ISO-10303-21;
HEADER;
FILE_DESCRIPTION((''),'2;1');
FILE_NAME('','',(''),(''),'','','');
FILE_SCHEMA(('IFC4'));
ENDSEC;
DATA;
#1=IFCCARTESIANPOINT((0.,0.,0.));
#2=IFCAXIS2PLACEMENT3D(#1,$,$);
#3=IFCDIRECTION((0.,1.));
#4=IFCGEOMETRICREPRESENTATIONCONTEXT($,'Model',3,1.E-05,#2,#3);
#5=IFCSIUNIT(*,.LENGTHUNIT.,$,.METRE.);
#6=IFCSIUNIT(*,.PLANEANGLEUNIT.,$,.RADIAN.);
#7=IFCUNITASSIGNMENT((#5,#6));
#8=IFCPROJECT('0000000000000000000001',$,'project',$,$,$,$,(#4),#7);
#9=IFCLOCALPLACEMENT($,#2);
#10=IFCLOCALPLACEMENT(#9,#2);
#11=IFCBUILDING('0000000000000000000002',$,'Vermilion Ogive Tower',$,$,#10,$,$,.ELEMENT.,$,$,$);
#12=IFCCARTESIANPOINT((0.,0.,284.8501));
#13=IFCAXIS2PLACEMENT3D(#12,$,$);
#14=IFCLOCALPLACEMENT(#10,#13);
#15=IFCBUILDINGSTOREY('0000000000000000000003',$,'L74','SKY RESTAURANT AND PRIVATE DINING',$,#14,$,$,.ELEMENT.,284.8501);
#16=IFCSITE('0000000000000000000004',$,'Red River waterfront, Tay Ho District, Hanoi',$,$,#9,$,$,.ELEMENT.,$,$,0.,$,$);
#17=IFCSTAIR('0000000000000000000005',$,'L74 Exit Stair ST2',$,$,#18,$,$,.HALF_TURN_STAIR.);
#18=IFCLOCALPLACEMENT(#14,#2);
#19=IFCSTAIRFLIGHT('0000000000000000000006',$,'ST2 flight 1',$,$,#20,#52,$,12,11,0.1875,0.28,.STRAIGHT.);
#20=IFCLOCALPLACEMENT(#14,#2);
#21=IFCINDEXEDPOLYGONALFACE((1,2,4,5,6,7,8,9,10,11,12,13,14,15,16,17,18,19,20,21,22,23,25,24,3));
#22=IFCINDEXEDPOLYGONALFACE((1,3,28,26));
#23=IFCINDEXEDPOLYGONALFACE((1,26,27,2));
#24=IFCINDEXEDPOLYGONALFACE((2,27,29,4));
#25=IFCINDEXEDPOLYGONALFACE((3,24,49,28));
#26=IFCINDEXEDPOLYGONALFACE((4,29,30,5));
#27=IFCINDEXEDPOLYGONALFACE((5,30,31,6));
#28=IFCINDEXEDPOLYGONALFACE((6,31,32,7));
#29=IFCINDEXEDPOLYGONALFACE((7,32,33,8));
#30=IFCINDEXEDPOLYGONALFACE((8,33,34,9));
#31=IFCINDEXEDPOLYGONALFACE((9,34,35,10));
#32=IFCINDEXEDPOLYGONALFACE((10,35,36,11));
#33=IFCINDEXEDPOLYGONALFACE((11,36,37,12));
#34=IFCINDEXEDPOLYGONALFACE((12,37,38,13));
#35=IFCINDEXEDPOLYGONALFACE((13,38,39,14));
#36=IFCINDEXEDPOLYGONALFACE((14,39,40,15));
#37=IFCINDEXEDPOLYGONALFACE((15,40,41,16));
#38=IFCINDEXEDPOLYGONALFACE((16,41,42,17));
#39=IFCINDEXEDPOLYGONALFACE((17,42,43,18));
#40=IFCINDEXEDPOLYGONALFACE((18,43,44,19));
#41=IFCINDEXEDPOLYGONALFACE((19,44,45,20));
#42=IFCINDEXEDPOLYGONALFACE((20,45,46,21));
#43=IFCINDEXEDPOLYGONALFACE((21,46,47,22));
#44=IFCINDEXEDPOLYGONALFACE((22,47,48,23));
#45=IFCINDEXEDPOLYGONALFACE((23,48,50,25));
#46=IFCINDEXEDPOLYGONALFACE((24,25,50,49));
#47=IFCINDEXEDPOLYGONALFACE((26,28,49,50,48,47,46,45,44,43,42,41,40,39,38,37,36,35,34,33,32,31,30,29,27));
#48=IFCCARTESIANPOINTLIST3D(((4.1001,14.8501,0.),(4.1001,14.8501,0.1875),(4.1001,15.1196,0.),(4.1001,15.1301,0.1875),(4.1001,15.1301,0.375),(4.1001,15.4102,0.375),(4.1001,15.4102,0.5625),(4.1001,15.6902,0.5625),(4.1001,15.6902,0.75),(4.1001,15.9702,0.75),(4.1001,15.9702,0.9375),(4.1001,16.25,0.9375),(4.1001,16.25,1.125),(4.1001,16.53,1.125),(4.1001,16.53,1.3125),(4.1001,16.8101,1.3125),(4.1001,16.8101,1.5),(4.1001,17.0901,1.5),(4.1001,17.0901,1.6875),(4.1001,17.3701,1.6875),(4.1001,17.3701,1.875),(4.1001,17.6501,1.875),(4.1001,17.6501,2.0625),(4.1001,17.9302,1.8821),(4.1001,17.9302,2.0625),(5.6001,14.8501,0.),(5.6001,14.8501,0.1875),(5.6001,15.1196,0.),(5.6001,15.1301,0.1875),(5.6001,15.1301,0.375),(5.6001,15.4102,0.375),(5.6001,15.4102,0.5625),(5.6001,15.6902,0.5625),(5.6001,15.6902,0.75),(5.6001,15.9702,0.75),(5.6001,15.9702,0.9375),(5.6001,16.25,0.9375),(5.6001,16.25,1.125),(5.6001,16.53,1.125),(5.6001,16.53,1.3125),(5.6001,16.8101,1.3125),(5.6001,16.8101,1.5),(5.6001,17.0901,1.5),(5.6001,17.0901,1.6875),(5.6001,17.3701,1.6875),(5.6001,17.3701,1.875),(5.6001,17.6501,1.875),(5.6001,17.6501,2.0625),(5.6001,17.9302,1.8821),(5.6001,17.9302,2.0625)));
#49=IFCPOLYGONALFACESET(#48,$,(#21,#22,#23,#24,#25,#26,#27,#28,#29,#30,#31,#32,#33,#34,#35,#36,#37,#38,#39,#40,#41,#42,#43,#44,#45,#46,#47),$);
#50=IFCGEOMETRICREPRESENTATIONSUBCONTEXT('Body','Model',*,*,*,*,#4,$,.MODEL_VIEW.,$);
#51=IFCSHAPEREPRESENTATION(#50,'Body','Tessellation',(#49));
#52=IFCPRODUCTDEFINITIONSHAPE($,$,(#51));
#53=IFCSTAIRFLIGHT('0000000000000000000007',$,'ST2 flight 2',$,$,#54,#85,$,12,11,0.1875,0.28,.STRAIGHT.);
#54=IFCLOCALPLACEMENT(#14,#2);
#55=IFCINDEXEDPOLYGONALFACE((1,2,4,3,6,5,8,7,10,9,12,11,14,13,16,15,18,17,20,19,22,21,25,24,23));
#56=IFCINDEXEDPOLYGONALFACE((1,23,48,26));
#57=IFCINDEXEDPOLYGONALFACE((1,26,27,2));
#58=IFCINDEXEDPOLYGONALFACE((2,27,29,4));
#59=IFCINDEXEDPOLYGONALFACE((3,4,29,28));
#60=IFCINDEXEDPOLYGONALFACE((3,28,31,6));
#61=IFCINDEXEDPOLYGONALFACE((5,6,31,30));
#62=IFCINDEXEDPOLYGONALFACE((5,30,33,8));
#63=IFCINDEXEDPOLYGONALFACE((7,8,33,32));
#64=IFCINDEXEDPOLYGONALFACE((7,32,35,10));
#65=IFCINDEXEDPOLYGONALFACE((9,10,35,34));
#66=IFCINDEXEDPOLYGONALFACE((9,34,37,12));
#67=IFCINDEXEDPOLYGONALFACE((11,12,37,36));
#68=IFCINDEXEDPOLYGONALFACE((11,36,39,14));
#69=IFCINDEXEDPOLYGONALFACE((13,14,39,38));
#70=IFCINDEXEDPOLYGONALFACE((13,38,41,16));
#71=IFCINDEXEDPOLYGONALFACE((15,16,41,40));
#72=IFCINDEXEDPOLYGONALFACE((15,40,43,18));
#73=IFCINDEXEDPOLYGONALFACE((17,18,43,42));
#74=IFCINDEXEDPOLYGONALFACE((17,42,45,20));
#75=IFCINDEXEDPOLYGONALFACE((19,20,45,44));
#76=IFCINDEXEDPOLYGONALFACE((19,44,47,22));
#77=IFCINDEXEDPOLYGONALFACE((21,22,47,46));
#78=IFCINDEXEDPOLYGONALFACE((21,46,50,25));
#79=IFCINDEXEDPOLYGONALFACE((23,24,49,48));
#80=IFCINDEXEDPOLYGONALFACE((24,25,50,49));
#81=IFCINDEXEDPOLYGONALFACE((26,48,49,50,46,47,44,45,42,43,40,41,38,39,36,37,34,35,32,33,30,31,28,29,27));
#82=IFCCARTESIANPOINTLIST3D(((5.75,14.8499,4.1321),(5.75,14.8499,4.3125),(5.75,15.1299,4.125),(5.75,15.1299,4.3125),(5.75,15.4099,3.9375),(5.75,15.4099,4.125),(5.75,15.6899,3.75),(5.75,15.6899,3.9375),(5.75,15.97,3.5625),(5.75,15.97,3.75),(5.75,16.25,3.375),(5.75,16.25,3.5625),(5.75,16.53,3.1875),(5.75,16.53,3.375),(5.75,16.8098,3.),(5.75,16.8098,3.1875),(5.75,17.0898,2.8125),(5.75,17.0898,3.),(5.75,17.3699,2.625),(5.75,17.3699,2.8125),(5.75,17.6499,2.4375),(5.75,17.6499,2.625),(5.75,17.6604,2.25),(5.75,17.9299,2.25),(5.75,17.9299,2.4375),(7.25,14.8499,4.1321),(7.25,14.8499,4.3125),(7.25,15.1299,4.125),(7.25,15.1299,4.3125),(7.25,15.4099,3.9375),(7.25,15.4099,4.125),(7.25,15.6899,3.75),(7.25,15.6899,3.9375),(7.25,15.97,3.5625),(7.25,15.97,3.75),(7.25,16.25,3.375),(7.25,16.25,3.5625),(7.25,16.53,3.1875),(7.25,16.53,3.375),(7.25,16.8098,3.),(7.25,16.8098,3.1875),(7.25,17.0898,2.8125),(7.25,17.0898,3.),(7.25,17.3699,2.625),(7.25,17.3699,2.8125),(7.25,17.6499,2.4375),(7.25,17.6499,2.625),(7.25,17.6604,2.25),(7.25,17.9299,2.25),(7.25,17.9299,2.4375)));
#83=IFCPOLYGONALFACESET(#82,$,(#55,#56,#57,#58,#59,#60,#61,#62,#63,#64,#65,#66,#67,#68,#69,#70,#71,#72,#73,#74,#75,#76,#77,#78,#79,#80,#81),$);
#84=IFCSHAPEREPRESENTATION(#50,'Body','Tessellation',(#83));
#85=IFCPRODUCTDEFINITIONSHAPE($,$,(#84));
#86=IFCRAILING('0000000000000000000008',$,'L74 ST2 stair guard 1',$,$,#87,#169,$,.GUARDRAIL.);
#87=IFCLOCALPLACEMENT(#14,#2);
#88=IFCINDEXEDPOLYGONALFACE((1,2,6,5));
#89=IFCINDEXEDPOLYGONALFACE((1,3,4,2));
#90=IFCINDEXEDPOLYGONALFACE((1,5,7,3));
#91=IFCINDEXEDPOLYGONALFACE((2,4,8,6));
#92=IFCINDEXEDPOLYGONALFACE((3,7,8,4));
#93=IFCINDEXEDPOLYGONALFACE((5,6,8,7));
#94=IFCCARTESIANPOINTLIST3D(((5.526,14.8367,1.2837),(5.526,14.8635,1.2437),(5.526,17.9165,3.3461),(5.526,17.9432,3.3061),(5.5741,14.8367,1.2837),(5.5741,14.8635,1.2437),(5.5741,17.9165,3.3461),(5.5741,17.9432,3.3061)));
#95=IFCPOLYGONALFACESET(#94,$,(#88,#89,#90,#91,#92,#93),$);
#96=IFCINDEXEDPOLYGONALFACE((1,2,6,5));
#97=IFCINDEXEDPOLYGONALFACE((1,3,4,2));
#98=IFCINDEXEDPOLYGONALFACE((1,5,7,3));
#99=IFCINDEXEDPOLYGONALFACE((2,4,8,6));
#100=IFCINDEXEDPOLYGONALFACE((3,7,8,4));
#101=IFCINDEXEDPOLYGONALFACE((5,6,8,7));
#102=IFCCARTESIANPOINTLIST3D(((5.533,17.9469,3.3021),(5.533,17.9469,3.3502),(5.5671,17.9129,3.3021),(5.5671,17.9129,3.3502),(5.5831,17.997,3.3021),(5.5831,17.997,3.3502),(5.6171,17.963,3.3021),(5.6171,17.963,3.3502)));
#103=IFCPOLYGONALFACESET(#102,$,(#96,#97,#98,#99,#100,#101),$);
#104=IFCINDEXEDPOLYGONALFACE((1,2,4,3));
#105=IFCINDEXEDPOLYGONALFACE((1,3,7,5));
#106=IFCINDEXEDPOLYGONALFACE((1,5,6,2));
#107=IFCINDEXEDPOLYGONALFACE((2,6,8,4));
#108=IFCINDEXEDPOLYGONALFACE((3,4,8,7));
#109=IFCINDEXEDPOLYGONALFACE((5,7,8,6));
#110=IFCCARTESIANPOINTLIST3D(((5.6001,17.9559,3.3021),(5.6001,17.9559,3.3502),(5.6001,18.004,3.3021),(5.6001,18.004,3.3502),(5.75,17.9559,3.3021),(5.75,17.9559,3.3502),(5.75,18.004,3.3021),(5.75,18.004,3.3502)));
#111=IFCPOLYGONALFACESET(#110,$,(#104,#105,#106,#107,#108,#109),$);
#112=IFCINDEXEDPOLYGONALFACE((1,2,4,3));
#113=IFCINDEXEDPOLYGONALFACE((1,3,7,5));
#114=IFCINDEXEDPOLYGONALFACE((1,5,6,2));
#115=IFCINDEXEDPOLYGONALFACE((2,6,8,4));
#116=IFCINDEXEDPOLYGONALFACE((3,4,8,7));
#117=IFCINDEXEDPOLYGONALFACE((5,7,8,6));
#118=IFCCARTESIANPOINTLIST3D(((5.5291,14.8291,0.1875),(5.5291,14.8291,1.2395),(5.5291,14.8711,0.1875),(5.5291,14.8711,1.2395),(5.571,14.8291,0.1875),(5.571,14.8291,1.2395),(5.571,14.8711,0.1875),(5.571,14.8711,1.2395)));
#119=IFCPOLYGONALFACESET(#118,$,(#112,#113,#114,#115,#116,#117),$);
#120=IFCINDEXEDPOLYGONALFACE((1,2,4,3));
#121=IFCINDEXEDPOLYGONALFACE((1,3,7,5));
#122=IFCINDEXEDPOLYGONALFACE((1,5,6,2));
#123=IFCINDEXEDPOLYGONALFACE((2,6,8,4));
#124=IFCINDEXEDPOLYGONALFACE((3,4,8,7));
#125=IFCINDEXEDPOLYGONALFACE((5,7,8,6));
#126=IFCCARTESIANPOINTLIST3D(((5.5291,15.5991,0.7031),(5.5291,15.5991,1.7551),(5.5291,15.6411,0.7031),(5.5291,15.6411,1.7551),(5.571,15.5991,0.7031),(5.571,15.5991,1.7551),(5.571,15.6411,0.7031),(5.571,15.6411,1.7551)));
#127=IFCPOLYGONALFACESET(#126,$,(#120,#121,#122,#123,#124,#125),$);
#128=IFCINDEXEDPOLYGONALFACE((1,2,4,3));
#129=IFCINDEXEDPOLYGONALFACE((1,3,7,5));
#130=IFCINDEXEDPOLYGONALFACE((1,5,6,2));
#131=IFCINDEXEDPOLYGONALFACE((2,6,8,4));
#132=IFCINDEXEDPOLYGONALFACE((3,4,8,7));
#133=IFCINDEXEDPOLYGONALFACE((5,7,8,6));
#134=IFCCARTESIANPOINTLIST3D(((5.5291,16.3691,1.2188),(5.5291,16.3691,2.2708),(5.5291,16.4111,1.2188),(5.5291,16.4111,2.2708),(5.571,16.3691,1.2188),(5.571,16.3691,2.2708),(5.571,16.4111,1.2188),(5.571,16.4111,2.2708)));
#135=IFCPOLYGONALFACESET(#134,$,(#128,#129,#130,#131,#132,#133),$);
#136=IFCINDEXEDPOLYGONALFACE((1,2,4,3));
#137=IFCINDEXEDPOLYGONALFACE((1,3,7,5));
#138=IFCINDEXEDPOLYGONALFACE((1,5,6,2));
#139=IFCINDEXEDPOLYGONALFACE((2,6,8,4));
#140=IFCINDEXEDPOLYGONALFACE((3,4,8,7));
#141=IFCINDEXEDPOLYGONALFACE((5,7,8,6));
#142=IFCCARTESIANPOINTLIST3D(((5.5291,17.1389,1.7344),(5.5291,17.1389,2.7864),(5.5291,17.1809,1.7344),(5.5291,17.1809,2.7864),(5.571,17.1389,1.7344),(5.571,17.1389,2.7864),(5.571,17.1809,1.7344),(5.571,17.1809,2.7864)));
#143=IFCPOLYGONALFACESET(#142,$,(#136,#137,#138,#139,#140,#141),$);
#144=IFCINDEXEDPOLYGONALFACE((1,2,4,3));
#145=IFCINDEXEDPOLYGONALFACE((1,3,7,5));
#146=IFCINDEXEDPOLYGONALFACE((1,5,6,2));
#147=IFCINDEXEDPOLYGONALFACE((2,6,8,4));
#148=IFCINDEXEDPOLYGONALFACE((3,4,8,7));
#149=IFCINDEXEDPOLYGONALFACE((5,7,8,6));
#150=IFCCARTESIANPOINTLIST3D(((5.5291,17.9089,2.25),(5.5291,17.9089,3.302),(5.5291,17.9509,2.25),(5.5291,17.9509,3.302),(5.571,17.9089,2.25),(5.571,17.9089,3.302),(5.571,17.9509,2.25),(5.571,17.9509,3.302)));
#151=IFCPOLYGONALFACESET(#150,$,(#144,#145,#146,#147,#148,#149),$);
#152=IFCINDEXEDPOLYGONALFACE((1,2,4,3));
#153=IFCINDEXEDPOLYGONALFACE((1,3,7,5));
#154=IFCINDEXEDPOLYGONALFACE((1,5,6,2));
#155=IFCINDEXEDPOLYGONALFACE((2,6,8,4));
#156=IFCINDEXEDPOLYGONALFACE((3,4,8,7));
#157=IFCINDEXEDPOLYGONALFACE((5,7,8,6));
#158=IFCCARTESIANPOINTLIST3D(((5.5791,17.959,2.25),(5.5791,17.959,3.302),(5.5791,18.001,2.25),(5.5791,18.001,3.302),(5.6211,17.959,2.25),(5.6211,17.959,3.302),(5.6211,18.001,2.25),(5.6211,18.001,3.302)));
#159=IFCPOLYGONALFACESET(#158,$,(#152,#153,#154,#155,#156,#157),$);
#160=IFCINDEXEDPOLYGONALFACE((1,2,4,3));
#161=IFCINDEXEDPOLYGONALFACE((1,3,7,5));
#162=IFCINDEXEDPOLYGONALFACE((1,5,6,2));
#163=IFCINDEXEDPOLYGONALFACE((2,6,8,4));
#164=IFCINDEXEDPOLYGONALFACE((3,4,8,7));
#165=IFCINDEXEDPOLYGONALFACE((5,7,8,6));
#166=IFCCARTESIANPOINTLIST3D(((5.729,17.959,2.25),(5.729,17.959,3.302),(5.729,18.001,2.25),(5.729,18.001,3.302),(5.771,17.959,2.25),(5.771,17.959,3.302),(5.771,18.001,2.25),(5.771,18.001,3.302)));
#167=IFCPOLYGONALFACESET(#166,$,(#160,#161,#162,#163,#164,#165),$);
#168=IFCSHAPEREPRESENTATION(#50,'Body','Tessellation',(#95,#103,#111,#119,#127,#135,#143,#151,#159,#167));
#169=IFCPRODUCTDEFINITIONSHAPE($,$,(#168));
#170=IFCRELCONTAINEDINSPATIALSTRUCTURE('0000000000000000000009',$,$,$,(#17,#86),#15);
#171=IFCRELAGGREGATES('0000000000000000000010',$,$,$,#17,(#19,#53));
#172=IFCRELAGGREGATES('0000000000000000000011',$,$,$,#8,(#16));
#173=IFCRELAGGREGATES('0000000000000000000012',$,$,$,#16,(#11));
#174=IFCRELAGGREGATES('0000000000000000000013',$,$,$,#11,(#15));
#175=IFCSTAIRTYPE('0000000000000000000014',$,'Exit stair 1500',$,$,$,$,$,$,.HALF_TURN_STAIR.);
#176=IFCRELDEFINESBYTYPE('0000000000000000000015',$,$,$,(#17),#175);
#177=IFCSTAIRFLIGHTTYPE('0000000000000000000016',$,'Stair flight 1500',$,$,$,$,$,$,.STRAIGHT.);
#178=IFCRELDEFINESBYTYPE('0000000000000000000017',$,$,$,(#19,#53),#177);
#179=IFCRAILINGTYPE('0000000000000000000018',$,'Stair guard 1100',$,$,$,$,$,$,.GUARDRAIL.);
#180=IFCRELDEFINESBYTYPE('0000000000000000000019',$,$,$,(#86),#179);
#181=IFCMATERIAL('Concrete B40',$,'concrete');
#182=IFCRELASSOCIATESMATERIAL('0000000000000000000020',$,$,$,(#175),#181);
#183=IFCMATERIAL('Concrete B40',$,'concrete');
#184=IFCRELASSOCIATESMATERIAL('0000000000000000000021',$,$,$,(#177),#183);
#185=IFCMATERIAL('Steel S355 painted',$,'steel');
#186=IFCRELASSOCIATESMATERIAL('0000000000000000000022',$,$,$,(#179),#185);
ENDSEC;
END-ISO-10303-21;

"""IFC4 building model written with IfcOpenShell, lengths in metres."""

from ifc_helpers import new_model, si_unit, direction, frame, origin, origin_2d, place, context, subcontext, project, spatial, polyline, rectangle, outline, extrude, material, type_object, element, aggregate, save


model = new_model("IFC4")

# Units and contexts
model_context = context("Model", 3, precision=1e-05, world=origin(), true_north=direction((0.0, 1.0)))
body_context = subcontext(model_context, "Body", "Model", "MODEL_VIEW")
ifc_project = project(units=[si_unit("LENGTHUNIT", "METRE"), si_unit("PLANEANGLEUNIT", "RADIAN")], contexts=[model_context])

# Site, building, storey
site_placement = place(None, origin())
site = spatial("IfcSite", under=ifc_project, at=site_placement, Name="Red River waterfront, Tay Ho District, Hanoi", CompositionType="ELEMENT", RefElevation=0.0)
building_placement = place(site_placement, origin())
building = spatial("IfcBuilding", under=site, at=building_placement, Name="Vermilion Ogive Tower", CompositionType="ELEMENT")
storey_placement = place(building_placement, frame((0.0, 0.0, 284.8501)))
storey = spatial("IfcBuildingStorey", under=building, at=storey_placement, Name="L74", Description="SKY RESTAURANT AND PRIVATE DINING", CompositionType="ELEMENT", Elevation=284.8501)

# Stair, stair flights
ifc_material_1 = material(Name="Concrete B40", Category="concrete")
stair_type = type_object("IfcStairType", Name="Exit stair 1500", PredefinedType="HALF_TURN_STAIR", material=ifc_material_1)
stair_placement = place(storey_placement, origin())
stair = element("IfcStair", 1, at=stair_placement, inside=storey, type_object=stair_type, Name="L74 Exit Stair ST2", PredefinedType="HALF_TURN_STAIR")
ifc_material_2 = material(Name="Concrete B40", Category="concrete")
stair_flight_type = type_object("IfcStairFlightType", Name="Stair flight 1500", PredefinedType="STRAIGHT", material=ifc_material_2)
stair_flight_1_placement = place(storey_placement, frame((4.8501, 14.8501, 0.0), z_axis=(0.0, 0.0, 1.0), x_axis=(0.0, 1.0, 0.0)))
stair_flight_1 = element("IfcStairFlight", 2, at=stair_flight_1_placement, type_object=stair_flight_type, Name="ST2 flight 1", NumberOfRisers=12, NumberOfTreads=11, PredefinedType="STRAIGHT", RiserHeight=0.1875, TreadLength=0.28, context=body_context, shape_type="SweptSolid", body=[
    extrude(outline(polyline([(0.0, 0.0), (0.0, 0.1875), (0.28, 0.1875), (0.28, 0.375), (0.5601, 0.375), (0.5601, 0.5625), (0.8401, 0.5625), (0.8401, 0.75), (1.1201, 0.75), (1.1201, 0.9375), (1.3999, 0.9375), (1.3999, 1.125), (1.6799, 1.125), (1.6799, 1.3125), (1.96, 1.3125), (1.96, 1.5), (2.24, 1.5), (2.24, 1.6875), (2.52, 1.6875), (2.52, 1.875), (2.8, 1.875), (2.8, 2.0625), (3.0801, 2.0625), (3.0801, 2.25), (3.0801, 1.8821), (0.2695, 0.0), (0.0, 0.0)])), frame((0.0, 0.75, 0.0), z_axis=(0.0, -1.0, 0.0), x_axis=(1.0, 0.0, 0.0)), (0.0, 0.0, 1.0), 1.5),
])
stair_flight_2_placement = place(storey_placement, frame((6.5, 17.9299, 2.25), z_axis=(0.0, 0.0, 1.0), x_axis=(0.0, -1.0, 0.0)))
stair_flight_2 = element("IfcStairFlight", 3, at=stair_flight_2_placement, type_object=stair_flight_type, Name="ST2 flight 2", NumberOfRisers=12, NumberOfTreads=11, PredefinedType="STRAIGHT", RiserHeight=0.1875, TreadLength=0.28, context=body_context, shape_type="SweptSolid", body=[
    extrude(outline(polyline([(0.0, 0.0), (0.0, 0.1875), (0.28, 0.1875), (0.28, 0.375), (0.5601, 0.375), (0.5601, 0.5625), (0.8401, 0.5625), (0.8401, 0.75), (1.1201, 0.75), (1.1201, 0.9375), (1.3999, 0.9375), (1.3999, 1.125), (1.6799, 1.125), (1.6799, 1.3125), (1.96, 1.3125), (1.96, 1.5), (2.24, 1.5), (2.24, 1.6875), (2.52, 1.6875), (2.52, 1.875), (2.8, 1.875), (2.8, 2.0625), (3.0801, 2.0625), (3.0801, 2.25), (3.0801, 1.8821), (0.2695, 0.0), (0.0, 0.0)])), frame((0.0, 0.75, 0.0), z_axis=(0.0, -1.0, 0.0), x_axis=(1.0, 0.0, 0.0)), (0.0, 0.0, 1.0), 1.5),
])
aggregate(stair, [stair_flight_1, stair_flight_2])

# Railing
ifc_material_3 = material(Name="Steel S355 painted", Category="steel")
railing_type_1 = type_object("IfcRailingType", Name="Stair guard 1100", PredefinedType="GUARDRAIL", material=ifc_material_3)
railing_1_placement = place(storey_placement, frame((5.55, 14.8501, 0.1875)))
element("IfcRailing", 4, at=railing_1_placement, inside=storey, type_object=railing_type_1, Name="L74 ST2 stair guard 1", PredefinedType="GUARDRAIL", context=body_context, shape_type="SweptSolid", body=[
    extrude(rectangle(XDim=0.0481, YDim=0.0481, at=origin_2d()), frame((0.0, 0.0, 1.0762), z_axis=(0.0, 0.830893, 0.556432), x_axis=(-1.0, 0.0, 0.0)), (0.0, 0.0, 1.0), 3.7065),
    extrude(rectangle(XDim=0.0481, YDim=0.0481, at=origin_2d()), frame((0.0, 3.0798, 3.1387), z_axis=(0.707107, 0.707107, 0.0), x_axis=(-0.707107, 0.707107, 0.0)), (0.0, 0.0, 1.0), 0.0708),
    extrude(rectangle(XDim=0.0481, YDim=0.0481, at=origin_2d()), frame((0.05, 3.1299, 3.1387), z_axis=(1.0, 0.0, 0.0), x_axis=(0.0, 1.0, 0.0)), (0.0, 0.0, 1.0), 0.1499),
    extrude(rectangle(XDim=0.042, YDim=0.042, at=origin_2d()), origin(), (0.0, 0.0, 1.0), 1.052),
    extrude(rectangle(XDim=0.042, YDim=0.042, at=origin_2d()), frame((0.0, 0.77, 0.5156)), (0.0, 0.0, 1.0), 1.052),
    extrude(rectangle(XDim=0.042, YDim=0.042, at=origin_2d()), frame((0.0, 1.54, 1.0312)), (0.0, 0.0, 1.0), 1.052),
    extrude(rectangle(XDim=0.042, YDim=0.042, at=origin_2d()), frame((0.0, 2.3098, 1.5469)), (0.0, 0.0, 1.0), 1.052),
    extrude(rectangle(XDim=0.042, YDim=0.042, at=origin_2d()), frame((0.0, 3.0798, 2.0625)), (0.0, 0.0, 1.0), 1.052),
    extrude(rectangle(XDim=0.042, YDim=0.042, at=origin_2d()), frame((0.05, 3.1299, 2.0625)), (0.0, 0.0, 1.0), 1.052),
    extrude(rectangle(XDim=0.042, YDim=0.042, at=origin_2d()), frame((0.2, 3.1299, 2.0625)), (0.0, 0.0, 1.0), 1.052),
])

save(model, "model.ifc")
